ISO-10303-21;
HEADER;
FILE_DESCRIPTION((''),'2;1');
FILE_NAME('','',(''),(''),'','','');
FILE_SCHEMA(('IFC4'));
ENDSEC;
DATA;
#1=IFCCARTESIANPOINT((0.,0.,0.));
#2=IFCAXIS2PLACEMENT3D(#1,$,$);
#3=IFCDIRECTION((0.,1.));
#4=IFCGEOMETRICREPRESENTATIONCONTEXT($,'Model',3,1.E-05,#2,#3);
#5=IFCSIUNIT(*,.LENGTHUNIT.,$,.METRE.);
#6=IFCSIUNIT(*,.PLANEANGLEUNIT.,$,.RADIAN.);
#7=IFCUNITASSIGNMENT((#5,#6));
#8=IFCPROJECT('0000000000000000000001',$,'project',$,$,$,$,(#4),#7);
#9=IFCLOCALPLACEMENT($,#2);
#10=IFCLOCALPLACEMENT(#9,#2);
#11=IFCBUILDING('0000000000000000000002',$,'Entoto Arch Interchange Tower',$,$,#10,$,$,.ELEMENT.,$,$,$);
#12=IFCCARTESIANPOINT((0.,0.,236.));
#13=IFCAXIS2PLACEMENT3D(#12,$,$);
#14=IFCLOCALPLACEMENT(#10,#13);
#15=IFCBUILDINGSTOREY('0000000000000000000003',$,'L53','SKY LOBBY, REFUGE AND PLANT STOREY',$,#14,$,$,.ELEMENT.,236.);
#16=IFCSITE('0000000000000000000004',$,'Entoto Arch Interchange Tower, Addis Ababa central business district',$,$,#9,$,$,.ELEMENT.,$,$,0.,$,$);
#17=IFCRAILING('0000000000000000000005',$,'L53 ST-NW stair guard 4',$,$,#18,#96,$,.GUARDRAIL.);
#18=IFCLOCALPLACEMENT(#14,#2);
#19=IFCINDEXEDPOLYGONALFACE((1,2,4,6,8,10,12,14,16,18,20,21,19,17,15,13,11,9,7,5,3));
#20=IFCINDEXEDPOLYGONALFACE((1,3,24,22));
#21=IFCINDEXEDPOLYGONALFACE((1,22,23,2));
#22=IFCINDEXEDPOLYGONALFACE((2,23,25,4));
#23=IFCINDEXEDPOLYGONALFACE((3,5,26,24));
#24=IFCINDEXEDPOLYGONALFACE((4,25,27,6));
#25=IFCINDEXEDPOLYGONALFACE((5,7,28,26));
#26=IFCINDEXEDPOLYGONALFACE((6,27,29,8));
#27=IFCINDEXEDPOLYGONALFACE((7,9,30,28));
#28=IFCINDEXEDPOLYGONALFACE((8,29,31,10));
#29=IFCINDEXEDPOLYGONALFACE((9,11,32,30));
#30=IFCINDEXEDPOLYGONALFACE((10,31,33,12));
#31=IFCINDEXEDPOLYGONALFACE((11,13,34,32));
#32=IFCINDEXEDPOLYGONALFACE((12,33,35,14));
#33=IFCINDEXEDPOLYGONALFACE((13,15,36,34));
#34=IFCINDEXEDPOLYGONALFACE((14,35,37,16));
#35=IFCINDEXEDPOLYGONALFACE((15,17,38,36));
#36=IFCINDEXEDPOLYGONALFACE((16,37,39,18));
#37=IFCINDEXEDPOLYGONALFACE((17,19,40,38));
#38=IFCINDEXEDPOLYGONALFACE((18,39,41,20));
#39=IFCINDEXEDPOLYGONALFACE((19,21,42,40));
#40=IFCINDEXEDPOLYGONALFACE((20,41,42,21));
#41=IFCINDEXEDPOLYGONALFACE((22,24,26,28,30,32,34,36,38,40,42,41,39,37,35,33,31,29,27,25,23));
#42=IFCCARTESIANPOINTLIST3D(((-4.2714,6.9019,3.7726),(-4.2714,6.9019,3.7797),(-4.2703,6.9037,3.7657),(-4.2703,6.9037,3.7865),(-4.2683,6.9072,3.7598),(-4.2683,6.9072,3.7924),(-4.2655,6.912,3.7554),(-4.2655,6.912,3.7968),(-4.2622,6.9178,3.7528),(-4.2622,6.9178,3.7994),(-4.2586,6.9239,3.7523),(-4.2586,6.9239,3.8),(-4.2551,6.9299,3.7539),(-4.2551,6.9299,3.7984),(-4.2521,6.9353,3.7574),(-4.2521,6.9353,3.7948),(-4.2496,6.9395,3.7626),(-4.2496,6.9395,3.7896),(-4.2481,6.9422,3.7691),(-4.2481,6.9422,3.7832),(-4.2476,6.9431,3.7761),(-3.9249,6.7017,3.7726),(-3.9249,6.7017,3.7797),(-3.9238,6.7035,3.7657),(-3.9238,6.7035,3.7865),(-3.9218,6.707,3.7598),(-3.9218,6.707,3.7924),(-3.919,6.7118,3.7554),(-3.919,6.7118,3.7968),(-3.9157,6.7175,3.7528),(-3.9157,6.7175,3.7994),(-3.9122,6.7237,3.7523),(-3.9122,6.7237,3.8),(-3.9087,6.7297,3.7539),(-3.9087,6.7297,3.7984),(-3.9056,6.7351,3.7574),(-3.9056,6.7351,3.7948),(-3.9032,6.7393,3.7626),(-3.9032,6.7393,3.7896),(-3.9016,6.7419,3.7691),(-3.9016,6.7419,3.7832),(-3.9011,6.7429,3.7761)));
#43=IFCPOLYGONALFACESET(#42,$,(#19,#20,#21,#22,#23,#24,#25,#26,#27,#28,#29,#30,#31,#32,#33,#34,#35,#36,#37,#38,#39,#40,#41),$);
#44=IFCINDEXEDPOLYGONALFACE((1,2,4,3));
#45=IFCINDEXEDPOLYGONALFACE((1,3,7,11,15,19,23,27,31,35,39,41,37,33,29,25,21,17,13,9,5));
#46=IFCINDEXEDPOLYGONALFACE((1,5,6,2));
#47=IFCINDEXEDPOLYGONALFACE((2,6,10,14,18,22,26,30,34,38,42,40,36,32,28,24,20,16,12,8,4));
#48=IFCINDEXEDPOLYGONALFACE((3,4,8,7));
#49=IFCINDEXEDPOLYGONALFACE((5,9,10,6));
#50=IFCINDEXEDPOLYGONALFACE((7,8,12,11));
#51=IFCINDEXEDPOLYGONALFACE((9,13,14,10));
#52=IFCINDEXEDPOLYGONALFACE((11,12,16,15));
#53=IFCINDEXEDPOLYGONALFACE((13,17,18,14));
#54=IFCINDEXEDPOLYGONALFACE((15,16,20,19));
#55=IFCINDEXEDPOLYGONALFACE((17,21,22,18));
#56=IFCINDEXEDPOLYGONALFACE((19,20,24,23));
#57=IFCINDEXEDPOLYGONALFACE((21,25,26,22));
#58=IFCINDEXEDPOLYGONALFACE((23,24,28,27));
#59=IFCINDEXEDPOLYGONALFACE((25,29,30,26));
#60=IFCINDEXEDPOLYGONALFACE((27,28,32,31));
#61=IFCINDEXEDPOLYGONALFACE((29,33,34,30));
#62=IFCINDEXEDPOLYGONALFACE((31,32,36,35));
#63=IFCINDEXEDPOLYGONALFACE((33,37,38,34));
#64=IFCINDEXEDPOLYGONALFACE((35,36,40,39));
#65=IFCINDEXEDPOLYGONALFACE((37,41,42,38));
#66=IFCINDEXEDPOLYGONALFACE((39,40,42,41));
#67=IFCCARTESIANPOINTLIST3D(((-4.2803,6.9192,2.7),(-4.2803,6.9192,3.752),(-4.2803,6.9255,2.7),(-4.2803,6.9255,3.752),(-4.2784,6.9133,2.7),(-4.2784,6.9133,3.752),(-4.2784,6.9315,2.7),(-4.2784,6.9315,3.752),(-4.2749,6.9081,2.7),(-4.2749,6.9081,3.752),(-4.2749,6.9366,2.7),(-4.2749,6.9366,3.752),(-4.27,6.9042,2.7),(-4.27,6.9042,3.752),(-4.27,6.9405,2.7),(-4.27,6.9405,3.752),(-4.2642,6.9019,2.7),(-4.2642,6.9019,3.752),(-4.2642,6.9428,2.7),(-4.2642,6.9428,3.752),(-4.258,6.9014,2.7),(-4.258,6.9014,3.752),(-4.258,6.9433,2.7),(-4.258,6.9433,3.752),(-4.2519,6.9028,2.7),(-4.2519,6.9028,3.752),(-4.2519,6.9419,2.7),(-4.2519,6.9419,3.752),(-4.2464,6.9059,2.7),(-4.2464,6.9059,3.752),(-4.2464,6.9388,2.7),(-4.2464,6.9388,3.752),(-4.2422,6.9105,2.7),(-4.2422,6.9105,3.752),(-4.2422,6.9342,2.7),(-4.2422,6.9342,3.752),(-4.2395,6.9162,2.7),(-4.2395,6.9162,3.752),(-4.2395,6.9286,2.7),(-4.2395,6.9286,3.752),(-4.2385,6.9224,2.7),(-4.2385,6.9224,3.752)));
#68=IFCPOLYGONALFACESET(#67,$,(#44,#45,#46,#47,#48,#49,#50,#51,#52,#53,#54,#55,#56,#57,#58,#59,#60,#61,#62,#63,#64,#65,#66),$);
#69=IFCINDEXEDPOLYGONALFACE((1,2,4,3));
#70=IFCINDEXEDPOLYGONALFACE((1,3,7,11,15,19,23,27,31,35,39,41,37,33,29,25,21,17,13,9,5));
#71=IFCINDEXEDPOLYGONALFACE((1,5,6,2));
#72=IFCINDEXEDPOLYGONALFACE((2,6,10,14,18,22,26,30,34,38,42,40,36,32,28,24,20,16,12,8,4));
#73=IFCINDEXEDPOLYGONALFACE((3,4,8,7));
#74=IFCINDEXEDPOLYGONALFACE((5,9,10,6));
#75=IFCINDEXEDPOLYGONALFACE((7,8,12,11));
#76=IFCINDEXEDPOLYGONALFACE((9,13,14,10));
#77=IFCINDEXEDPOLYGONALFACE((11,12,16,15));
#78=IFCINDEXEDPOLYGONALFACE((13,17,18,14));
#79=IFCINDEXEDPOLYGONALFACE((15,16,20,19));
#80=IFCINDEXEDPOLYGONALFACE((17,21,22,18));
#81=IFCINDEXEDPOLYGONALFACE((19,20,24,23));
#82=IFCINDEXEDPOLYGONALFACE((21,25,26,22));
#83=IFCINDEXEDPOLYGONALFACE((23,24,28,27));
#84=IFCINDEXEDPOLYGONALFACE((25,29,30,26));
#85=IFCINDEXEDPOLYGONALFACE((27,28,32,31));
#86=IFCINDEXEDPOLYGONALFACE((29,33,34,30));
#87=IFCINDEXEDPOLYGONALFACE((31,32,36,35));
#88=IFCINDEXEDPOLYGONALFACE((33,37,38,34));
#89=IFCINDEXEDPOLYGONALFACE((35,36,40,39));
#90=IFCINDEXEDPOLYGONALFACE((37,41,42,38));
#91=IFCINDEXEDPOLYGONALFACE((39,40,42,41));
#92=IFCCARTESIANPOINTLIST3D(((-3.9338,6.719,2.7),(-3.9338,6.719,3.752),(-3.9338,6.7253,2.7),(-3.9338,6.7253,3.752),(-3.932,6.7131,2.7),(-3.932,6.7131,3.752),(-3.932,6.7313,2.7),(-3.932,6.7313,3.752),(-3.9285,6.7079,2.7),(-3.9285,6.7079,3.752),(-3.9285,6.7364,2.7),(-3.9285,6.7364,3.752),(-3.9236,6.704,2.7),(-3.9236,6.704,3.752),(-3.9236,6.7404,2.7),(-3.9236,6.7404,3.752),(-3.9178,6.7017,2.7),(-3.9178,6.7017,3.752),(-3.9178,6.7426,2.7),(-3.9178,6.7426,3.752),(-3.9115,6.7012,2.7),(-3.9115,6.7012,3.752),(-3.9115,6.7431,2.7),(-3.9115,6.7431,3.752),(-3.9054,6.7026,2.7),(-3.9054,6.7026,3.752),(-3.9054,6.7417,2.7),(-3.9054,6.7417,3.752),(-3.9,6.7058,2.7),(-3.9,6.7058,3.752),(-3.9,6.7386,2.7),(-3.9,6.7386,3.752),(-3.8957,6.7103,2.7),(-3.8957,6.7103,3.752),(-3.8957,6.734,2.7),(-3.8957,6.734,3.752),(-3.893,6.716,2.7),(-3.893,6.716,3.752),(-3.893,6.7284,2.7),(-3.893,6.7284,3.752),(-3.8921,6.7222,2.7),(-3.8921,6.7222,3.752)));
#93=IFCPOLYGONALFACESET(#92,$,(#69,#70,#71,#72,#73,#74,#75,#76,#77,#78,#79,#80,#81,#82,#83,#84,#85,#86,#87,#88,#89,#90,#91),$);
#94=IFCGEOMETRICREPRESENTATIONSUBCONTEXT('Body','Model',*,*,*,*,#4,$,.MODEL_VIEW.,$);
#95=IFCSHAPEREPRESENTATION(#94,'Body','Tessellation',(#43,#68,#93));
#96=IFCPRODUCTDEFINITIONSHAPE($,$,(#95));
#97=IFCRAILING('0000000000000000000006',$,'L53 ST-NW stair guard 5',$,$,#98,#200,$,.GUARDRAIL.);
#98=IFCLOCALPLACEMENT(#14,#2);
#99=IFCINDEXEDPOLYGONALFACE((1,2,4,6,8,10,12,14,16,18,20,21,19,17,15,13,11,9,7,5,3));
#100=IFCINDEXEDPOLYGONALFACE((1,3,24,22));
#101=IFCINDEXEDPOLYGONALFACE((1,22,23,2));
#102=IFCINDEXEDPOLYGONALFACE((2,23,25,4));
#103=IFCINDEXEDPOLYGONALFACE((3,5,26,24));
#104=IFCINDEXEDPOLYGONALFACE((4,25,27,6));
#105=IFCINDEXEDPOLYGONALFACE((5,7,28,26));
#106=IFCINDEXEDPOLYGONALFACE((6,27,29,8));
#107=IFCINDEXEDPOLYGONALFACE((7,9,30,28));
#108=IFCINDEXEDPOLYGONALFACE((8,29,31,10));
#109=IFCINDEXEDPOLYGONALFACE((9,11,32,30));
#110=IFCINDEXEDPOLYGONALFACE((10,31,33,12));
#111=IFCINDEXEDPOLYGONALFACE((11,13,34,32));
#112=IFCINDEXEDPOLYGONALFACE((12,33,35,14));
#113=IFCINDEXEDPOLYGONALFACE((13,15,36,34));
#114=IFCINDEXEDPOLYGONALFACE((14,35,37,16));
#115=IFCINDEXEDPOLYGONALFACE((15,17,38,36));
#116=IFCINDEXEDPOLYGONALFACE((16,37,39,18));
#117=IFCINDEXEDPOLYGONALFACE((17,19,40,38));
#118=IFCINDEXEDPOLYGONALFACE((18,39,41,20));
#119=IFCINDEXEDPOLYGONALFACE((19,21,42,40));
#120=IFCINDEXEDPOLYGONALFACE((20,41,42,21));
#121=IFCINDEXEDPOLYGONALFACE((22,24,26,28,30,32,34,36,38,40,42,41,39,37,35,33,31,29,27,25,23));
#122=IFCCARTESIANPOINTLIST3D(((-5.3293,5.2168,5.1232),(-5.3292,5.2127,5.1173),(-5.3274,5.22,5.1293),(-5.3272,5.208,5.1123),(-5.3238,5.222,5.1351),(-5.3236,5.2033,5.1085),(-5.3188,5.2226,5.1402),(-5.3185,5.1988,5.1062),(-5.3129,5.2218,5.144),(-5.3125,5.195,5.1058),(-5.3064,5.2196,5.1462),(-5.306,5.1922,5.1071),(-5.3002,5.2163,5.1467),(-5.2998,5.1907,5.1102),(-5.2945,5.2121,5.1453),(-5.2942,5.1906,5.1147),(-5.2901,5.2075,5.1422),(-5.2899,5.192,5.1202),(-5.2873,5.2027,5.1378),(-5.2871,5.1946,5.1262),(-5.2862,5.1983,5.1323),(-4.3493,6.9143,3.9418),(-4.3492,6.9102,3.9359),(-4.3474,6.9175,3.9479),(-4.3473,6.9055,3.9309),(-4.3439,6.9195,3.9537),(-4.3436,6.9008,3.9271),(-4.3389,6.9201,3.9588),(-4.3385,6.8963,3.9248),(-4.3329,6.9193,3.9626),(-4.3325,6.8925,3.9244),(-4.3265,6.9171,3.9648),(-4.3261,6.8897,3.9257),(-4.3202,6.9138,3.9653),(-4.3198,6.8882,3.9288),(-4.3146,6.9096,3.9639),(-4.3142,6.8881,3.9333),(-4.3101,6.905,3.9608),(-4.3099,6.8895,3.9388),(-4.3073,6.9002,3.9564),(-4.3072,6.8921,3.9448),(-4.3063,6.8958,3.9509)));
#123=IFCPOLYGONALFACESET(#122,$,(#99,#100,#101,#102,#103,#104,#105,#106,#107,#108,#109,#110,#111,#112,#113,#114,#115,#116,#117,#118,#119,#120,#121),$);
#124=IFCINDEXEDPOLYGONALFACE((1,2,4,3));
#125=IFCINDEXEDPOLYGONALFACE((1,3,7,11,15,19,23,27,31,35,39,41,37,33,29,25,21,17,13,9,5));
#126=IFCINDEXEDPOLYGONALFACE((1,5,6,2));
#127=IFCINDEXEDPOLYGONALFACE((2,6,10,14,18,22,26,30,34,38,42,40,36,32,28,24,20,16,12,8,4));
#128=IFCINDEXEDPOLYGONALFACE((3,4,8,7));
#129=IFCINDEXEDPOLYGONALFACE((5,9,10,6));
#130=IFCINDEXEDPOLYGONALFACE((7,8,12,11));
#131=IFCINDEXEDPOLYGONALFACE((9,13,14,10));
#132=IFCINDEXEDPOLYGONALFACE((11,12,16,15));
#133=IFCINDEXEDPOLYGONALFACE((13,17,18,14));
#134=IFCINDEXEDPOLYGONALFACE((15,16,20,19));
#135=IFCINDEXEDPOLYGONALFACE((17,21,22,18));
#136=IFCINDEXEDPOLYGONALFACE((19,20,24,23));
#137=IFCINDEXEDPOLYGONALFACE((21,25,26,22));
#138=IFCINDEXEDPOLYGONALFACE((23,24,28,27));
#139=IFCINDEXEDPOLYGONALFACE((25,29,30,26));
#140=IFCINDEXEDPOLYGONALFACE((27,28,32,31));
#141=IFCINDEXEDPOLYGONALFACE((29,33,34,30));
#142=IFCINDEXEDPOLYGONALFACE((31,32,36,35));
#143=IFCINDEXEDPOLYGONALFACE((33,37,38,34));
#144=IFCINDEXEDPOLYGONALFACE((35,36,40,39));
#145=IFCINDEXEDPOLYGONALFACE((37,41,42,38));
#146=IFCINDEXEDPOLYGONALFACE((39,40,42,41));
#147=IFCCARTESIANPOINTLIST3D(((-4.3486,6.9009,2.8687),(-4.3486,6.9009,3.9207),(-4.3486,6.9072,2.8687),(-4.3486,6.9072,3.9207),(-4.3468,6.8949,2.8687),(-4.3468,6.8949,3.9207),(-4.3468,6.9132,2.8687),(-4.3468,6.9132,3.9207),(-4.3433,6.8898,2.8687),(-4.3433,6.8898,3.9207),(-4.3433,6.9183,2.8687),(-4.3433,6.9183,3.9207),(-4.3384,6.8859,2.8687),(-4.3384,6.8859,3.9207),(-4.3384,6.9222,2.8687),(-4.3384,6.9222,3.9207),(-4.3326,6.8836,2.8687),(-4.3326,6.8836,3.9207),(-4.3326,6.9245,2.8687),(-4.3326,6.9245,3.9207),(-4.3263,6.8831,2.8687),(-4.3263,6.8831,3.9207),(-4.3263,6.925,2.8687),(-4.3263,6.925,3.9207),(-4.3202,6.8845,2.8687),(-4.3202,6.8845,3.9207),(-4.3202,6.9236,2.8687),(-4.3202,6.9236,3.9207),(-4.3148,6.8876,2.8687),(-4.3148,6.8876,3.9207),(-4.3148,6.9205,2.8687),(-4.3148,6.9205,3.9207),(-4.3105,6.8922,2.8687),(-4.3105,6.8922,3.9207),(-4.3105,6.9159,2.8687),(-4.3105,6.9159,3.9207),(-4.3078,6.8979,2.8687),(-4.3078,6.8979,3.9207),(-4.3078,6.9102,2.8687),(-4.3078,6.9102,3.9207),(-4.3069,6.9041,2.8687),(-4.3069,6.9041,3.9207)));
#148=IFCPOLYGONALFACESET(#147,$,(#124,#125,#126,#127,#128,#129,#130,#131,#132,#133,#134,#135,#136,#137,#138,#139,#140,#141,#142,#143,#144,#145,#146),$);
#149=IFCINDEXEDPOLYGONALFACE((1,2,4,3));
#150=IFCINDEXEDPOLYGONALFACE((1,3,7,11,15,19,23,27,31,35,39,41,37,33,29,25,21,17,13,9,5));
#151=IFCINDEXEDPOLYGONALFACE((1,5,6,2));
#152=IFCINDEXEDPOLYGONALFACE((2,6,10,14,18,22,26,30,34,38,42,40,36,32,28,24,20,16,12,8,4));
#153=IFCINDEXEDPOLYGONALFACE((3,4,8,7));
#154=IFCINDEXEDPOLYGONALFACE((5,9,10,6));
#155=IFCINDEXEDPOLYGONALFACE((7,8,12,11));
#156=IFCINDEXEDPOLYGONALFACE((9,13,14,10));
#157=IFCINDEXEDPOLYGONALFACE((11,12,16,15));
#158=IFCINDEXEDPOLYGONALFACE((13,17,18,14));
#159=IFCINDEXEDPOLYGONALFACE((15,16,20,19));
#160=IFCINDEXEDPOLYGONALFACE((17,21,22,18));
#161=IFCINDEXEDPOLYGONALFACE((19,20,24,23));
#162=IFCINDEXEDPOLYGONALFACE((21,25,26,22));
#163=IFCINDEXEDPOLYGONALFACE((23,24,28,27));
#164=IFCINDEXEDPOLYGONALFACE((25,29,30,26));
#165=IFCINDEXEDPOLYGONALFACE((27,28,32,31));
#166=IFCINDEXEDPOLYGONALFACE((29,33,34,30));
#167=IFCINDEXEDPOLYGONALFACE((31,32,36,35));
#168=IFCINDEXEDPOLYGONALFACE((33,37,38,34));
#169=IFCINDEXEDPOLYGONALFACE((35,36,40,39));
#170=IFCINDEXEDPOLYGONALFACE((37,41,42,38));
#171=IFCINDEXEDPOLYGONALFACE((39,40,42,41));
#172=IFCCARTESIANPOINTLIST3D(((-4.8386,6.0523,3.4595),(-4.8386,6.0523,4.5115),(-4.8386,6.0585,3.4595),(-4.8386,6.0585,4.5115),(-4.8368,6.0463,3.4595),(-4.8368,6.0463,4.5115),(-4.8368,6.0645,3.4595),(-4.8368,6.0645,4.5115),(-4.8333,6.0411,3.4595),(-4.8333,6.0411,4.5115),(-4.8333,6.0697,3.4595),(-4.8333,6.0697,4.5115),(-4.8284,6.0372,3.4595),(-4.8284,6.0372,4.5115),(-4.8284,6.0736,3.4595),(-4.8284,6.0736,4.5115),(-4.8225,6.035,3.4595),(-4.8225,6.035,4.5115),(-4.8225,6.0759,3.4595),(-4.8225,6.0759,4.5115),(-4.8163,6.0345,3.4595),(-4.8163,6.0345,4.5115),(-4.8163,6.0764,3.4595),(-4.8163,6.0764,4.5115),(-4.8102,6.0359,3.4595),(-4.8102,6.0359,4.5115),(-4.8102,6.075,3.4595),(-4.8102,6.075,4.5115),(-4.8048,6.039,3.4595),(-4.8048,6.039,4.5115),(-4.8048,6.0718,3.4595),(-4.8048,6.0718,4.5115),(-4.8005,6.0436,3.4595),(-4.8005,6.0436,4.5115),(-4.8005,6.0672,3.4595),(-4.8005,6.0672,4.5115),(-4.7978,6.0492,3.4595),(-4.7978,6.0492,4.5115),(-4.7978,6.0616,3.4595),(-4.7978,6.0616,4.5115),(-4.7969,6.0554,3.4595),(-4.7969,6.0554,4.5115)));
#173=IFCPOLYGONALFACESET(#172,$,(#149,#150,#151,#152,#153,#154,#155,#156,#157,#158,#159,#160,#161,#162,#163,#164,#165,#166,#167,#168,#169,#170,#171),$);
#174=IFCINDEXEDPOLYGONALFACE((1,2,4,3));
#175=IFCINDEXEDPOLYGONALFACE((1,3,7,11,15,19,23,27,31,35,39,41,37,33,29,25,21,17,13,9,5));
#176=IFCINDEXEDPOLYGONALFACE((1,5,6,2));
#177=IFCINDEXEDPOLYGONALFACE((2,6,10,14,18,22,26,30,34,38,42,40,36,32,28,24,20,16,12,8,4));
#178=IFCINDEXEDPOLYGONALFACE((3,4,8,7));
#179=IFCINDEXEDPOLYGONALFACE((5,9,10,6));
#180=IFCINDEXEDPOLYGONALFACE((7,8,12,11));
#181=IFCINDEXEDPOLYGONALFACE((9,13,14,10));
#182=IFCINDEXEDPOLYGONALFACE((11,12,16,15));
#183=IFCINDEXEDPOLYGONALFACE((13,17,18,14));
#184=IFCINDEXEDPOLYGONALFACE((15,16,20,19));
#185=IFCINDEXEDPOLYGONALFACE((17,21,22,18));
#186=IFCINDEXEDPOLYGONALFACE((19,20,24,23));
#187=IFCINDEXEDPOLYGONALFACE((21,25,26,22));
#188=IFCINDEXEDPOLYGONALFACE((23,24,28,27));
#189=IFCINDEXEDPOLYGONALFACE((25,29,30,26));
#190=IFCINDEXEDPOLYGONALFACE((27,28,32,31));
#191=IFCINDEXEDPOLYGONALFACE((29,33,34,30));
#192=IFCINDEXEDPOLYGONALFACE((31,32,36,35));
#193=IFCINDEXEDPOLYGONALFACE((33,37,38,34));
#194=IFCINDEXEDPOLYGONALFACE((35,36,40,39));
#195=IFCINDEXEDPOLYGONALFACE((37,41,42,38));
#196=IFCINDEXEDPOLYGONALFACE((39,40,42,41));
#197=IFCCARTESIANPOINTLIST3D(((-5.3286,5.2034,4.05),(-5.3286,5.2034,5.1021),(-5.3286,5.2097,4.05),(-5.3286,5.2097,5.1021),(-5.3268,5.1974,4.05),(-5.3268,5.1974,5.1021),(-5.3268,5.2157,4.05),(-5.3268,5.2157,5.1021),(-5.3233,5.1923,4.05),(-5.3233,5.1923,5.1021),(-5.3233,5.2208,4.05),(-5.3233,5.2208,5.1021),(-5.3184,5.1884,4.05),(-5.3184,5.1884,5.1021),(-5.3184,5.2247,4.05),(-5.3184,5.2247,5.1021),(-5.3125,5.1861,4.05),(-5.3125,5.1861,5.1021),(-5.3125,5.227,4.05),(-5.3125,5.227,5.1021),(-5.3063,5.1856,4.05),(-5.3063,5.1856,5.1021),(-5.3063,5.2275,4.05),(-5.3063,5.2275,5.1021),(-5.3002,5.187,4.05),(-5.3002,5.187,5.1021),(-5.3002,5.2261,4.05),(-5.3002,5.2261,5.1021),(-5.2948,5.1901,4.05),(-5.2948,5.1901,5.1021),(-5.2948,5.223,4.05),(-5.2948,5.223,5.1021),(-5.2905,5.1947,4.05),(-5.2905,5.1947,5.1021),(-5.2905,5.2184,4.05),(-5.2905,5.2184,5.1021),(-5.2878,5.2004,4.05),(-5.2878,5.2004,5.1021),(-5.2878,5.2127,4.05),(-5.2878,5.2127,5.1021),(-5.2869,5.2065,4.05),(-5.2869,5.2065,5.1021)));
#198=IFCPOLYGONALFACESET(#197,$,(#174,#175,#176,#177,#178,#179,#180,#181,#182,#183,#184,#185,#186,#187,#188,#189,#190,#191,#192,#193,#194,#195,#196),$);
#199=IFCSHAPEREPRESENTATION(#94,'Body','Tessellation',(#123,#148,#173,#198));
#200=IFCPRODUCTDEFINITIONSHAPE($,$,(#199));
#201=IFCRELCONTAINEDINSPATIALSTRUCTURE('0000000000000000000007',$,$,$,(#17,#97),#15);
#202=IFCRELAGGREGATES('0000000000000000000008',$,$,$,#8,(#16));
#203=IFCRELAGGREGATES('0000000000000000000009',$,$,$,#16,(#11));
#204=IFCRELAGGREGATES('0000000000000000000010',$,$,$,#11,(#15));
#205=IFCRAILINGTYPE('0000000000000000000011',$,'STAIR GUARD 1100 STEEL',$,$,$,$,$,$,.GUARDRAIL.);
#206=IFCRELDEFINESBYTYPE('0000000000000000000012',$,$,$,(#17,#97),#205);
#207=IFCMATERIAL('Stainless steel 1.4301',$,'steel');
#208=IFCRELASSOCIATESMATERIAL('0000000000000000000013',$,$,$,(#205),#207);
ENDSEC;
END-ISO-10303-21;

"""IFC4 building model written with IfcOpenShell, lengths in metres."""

from ifc_helpers import new_model, si_unit, direction, frame, origin, origin_2d, place, context, subcontext, project, spatial, circle, extrude, material, type_object, element, save


model = new_model("IFC4")

# Units and contexts
model_context = context("Model", 3, precision=1e-05, world=origin(), true_north=direction((0.0, 1.0)))
body_context = subcontext(model_context, "Body", "Model", "MODEL_VIEW")
ifc_project = project(units=[si_unit("LENGTHUNIT", "METRE"), si_unit("PLANEANGLEUNIT", "RADIAN")], contexts=[model_context])

# Site, building, storey
site_placement = place(None, origin())
site = spatial("IfcSite", under=ifc_project, at=site_placement, Name="Entoto Arch Interchange Tower, Addis Ababa central business district", CompositionType="ELEMENT", RefElevation=0.0)
building_placement = place(site_placement, origin())
building = spatial("IfcBuilding", under=site, at=building_placement, Name="Entoto Arch Interchange Tower", CompositionType="ELEMENT")
storey_placement = place(building_placement, frame((0.0, 0.0, 236.0)))
storey = spatial("IfcBuildingStorey", under=building, at=storey_placement, Name="L53", Description="SKY LOBBY, REFUGE AND PLANT STOREY", CompositionType="ELEMENT", Elevation=236.0)

# Railings
ifc_material_1 = material(Name="Stainless steel 1.4301", Category="steel")
railing_type_1 = type_object("IfcRailingType", Name="STAIR GUARD 1100 STEEL", PredefinedType="GUARDRAIL", material=ifc_material_1)
railing_1_placement = place(storey_placement, frame((-4.2595, 6.9224, 2.7)))
element("IfcRailing", 1, at=railing_1_placement, inside=storey, type_object=railing_type_1, Name="L53 ST-NW stair guard 4", PredefinedType="GUARDRAIL", context=body_context, shape_type="SweptSolid", body=[
    extrude(circle(Radius=0.0239, at=origin_2d()), frame((0.0, 0.0, 1.0762), z_axis=(0.86583, -0.500339, 0.0), x_axis=(0.500339, 0.86583, 0.0)), (0.0, 0.0, 1.0), 0.4001),
    extrude(circle(Radius=0.021, at=origin_2d()), origin(), (0.0, 0.0, 1.0), 1.052),
    extrude(circle(Radius=0.021, at=origin_2d()), frame((0.3464, -0.2002, 0.0)), (0.0, 0.0, 1.0), 1.052),
])
railing_2_placement = place(storey_placement, frame((-4.3279, 6.9041, 2.8687)))
element("IfcRailing", 2, at=railing_2_placement, inside=storey, type_object=railing_type_1, Name="L53 ST-NW stair guard 5", PredefinedType="GUARDRAIL", context=body_context, shape_type="SweptSolid", body=[
    extrude(circle(Radius=0.0239, at=origin_2d()), frame((0.0, 0.0, 1.0762), z_axis=(-0.428205, -0.741731, 0.516214), x_axis=(0.866042, -0.49997, 0.0)), (0.0, 0.0, 1.0), 2.2886),
    extrude(circle(Radius=0.021, at=origin_2d()), origin(), (0.0, 0.0, 1.0), 1.052),
    extrude(circle(Radius=0.021, at=origin_2d()), frame((-0.49, -0.8486, 0.5908)), (0.0, 0.0, 1.0), 1.052),
    extrude(circle(Radius=0.021, at=origin_2d()), frame((-0.98, -1.6975, 1.1814)), (0.0, 0.0, 1.0), 1.052),
])

save(model, "model.ifc")
